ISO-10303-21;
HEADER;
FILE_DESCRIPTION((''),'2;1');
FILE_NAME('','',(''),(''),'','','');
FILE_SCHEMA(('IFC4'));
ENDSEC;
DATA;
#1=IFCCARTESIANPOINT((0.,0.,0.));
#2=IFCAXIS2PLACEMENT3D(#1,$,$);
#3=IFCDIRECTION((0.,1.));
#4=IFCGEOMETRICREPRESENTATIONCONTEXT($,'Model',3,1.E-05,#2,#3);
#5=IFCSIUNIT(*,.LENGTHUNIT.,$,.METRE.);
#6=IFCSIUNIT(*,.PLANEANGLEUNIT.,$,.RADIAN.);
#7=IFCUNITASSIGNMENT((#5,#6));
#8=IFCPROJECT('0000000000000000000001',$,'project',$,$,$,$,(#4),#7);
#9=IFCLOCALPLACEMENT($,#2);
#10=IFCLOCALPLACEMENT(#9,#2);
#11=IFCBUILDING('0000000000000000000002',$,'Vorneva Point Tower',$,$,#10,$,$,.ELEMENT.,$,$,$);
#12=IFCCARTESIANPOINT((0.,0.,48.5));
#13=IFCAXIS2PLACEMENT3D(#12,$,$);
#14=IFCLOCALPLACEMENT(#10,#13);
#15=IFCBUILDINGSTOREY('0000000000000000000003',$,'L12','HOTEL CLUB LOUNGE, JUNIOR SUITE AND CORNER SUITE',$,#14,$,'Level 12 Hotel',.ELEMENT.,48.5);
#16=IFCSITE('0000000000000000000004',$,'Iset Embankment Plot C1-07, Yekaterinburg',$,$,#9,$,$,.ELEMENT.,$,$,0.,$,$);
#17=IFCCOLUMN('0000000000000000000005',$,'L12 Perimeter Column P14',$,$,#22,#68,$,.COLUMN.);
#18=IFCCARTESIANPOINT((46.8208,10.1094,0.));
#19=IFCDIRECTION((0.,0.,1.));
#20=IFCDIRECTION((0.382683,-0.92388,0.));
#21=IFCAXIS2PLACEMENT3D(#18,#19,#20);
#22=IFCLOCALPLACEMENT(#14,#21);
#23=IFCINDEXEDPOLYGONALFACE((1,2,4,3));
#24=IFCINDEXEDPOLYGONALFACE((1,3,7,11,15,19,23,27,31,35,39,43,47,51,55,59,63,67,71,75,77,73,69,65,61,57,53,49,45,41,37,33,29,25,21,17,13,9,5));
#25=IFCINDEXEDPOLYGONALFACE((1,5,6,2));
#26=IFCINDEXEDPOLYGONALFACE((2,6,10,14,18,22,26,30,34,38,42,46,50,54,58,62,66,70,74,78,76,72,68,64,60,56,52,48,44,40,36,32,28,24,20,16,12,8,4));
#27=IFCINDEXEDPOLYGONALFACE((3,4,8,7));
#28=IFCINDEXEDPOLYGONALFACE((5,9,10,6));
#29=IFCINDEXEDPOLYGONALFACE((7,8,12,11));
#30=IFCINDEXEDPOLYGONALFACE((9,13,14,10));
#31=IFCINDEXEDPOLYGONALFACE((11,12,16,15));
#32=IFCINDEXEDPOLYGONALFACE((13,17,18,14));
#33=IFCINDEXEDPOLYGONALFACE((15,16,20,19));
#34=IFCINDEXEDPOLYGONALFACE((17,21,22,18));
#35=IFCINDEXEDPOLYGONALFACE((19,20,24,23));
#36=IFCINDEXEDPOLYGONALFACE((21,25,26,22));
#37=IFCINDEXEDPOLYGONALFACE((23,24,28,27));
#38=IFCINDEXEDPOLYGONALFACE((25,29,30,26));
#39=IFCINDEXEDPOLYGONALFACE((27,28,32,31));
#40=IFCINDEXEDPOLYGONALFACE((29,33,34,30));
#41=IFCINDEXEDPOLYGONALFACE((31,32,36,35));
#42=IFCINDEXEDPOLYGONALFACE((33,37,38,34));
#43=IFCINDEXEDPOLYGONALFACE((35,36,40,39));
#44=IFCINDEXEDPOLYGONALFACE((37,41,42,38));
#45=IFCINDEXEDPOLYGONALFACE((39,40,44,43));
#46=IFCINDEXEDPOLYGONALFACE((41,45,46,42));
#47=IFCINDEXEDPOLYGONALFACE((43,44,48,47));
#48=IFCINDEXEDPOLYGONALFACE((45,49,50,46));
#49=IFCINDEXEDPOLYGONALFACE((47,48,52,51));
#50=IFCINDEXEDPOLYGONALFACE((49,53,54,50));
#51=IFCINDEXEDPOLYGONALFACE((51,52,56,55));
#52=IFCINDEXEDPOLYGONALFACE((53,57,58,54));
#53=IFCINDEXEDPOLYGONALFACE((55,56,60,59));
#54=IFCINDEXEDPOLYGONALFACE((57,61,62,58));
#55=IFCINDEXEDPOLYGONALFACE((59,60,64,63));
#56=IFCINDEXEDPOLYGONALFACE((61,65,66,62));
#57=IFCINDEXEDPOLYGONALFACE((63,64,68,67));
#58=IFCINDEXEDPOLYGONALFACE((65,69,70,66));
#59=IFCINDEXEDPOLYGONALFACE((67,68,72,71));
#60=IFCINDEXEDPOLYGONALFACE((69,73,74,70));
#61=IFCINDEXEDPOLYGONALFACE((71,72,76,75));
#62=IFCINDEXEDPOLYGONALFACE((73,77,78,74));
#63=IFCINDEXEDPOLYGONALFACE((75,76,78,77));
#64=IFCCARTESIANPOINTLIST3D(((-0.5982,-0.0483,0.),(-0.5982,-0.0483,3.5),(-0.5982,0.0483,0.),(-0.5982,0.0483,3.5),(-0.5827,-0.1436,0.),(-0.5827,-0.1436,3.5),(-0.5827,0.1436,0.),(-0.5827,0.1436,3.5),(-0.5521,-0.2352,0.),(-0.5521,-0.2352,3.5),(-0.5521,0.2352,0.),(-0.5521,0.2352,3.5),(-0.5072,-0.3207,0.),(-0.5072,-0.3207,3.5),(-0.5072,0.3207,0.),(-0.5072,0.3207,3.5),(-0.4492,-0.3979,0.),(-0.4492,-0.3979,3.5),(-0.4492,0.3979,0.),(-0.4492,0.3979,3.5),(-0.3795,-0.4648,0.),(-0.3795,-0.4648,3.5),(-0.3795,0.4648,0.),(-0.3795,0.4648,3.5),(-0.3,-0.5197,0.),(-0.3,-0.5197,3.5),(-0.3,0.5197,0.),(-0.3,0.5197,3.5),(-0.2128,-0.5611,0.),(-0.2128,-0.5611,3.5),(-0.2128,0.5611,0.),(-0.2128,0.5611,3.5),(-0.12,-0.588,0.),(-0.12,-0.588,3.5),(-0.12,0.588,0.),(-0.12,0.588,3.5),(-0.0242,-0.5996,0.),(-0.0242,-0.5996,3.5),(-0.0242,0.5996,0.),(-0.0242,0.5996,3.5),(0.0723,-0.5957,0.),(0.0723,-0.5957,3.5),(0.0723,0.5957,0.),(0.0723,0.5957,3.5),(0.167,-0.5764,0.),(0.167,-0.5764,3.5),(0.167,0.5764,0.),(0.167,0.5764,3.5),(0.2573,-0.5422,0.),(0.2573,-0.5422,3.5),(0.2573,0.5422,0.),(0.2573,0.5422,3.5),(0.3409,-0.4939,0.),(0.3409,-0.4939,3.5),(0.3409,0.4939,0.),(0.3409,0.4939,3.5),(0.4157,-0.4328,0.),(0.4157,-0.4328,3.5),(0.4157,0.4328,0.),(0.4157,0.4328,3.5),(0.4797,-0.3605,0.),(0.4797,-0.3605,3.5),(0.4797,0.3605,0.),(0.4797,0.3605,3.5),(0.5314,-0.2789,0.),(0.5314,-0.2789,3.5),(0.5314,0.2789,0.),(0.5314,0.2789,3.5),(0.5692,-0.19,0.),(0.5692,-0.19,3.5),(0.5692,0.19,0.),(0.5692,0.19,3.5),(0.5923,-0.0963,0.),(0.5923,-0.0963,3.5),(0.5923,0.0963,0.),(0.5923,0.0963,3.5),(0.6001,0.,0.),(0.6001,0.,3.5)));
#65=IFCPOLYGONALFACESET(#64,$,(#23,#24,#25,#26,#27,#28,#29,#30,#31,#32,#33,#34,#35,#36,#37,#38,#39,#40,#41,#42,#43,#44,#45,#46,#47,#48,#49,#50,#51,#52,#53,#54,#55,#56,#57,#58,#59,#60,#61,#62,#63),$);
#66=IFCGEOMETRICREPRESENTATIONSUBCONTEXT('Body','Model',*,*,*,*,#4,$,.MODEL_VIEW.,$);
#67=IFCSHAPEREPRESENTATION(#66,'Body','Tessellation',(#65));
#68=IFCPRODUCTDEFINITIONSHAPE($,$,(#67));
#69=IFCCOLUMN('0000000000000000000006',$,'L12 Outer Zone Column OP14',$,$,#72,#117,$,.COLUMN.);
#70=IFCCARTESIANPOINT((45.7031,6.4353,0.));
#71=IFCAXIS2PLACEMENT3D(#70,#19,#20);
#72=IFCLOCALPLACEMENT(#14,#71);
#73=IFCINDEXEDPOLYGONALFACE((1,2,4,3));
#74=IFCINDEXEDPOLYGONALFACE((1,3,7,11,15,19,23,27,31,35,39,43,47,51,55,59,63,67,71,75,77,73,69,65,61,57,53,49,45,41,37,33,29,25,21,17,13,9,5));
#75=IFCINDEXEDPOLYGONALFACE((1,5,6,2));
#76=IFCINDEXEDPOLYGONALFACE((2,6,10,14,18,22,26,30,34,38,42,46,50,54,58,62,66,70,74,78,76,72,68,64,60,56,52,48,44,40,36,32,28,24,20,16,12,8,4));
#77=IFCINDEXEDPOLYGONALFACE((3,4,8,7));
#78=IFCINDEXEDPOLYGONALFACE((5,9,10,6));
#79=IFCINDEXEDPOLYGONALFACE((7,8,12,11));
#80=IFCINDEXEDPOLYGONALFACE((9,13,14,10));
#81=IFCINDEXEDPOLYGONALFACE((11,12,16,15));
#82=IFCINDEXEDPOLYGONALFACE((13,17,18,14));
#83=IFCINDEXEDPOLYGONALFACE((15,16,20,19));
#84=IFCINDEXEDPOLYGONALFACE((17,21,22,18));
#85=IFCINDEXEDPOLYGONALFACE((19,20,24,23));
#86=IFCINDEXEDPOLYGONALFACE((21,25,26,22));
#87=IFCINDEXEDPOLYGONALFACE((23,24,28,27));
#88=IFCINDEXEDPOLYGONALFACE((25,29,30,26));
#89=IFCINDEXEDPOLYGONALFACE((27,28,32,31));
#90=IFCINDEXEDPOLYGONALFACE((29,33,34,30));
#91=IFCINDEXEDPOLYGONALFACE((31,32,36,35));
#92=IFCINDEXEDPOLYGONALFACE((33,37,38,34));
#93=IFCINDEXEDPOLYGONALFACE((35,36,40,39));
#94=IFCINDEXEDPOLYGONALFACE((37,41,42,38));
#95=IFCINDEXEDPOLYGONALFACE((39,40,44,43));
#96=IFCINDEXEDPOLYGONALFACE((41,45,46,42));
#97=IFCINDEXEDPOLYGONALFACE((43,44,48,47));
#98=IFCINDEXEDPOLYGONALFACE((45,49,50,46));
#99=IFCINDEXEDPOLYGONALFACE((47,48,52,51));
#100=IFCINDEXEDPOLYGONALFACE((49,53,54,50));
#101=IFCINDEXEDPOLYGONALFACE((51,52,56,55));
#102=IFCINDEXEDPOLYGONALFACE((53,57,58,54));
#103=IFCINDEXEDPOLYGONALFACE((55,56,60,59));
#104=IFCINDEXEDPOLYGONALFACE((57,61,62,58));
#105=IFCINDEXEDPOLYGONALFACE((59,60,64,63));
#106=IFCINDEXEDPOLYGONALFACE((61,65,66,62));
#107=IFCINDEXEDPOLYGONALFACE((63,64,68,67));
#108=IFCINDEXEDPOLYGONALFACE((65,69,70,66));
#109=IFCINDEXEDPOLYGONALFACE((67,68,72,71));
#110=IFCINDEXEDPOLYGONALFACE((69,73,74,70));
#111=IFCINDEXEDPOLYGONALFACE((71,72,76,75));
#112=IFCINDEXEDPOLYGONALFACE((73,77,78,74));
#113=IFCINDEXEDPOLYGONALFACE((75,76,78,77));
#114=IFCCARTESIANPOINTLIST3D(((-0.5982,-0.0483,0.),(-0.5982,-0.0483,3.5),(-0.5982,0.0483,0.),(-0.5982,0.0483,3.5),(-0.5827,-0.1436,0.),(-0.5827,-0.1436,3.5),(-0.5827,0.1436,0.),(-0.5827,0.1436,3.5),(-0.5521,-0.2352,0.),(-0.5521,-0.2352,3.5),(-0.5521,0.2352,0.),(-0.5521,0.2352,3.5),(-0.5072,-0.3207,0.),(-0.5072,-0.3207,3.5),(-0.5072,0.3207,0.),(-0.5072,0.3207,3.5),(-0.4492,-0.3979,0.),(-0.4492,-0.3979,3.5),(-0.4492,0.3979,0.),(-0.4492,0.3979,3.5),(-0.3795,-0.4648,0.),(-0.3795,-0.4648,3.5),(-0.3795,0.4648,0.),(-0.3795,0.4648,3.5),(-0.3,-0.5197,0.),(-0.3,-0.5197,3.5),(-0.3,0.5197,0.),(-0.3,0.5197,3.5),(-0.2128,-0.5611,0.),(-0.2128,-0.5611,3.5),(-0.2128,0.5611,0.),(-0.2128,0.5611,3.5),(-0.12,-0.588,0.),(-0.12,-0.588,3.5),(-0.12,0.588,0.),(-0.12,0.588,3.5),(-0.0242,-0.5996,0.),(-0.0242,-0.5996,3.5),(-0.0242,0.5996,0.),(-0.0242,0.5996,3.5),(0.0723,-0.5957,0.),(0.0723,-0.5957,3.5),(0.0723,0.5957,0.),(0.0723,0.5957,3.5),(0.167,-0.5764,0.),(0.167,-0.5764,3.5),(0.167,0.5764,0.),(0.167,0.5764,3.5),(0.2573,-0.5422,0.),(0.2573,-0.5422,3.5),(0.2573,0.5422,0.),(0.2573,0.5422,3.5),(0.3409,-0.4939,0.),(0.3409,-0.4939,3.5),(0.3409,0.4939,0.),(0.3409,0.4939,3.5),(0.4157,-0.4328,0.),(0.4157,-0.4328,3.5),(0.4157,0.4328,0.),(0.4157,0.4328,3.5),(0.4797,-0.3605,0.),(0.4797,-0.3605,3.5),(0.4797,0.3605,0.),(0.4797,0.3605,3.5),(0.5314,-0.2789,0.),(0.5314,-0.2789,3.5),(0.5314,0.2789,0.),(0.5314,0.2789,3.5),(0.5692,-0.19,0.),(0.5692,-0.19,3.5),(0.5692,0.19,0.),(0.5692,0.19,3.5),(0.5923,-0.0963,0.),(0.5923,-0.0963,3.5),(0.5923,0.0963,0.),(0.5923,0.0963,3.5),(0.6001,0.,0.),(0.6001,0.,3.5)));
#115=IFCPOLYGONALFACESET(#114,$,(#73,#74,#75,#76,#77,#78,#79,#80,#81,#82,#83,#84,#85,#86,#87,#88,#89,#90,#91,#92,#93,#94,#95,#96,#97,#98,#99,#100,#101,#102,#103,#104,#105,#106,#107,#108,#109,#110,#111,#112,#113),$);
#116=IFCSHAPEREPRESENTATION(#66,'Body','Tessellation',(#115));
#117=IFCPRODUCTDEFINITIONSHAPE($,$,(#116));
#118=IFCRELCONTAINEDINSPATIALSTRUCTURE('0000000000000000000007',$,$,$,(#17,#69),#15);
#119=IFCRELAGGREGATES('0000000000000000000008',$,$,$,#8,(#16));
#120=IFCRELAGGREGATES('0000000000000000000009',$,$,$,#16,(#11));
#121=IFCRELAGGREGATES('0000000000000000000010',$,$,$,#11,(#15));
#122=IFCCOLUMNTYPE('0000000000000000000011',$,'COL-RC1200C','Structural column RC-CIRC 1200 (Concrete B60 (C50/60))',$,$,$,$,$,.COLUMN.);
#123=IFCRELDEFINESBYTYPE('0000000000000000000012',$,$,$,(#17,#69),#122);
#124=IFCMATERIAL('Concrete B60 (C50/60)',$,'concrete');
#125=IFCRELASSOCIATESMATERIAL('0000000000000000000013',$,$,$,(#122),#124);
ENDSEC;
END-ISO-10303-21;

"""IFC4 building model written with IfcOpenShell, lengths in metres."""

from ifc_helpers import new_model, si_unit, direction, frame, origin, origin_2d, place, context, subcontext, project, spatial, circle, extrude, material, material_profile, profile_set, type_object, element, save


model = new_model("IFC4")

# Units and contexts
model_context = context("Model", 3, precision=1e-05, world=origin(), true_north=direction((0.0, 1.0)))
body_context = subcontext(model_context, "Body", "Model", "MODEL_VIEW")
ifc_project = project(units=[si_unit("LENGTHUNIT", "METRE"), si_unit("PLANEANGLEUNIT", "RADIAN")], contexts=[model_context])

# Site, building, storey
site_placement = place(None, origin())
site = spatial("IfcSite", under=ifc_project, at=site_placement, Name="Iset Embankment Plot C1-07, Yekaterinburg", CompositionType="ELEMENT", RefElevation=0.0)
building_placement = place(site_placement, origin())
building = spatial("IfcBuilding", under=site, at=building_placement, Name="Vorneva Point Tower", CompositionType="ELEMENT")
storey_placement = place(building_placement, frame((0.0, 0.0, 48.5)))
storey = spatial("IfcBuildingStorey", under=building, at=storey_placement, Name="L12", Description="HOTEL CLUB LOUNGE, JUNIOR SUITE AND CORNER SUITE", LongName="Level 12 Hotel", CompositionType="ELEMENT", Elevation=48.5)

# Columns
ifc_material_1 = material(Name="Concrete B60 (C50/60)", Category="concrete")
ifc_material_profile_1 = material_profile(ifc_material_1, circle(Radius=0.6001, at=origin_2d()), Name="RC-CIRC 1200")
ifc_profile_set_1 = profile_set([ifc_material_profile_1], Name="Concrete B60 (C50/60)")
column_type = type_object("IfcColumnType", Name="COL-RC1200C", Description="Structural column RC-CIRC 1200 (Concrete B60 (C50/60))", PredefinedType="COLUMN", material=ifc_profile_set_1)
for number, where, z_axis, x_axis, name in (
    (1, (46.8208, 10.1094, 0.0), (0.0, 0.0, 1.0), (0.382683, -0.92388, 0.0), "L12 Perimeter Column P14"),
    (2, (45.7031, 6.4353, 0.0), (0.0, 0.0, 1.0), (0.382683, -0.92388, 0.0), "L12 Outer Zone Column OP14"),
):
    element("IfcColumn", number, at=place(storey_placement, frame(where, z_axis=z_axis, x_axis=x_axis)), inside=storey, type_object=column_type, Name=name, PredefinedType="COLUMN", context=body_context, shape_type="SweptSolid", body=[
        extrude(circle(Radius=0.6001, at=origin_2d()), origin(), (0.0, 0.0, 1.0), 3.5),
    ])

save(model, "model.ifc")
